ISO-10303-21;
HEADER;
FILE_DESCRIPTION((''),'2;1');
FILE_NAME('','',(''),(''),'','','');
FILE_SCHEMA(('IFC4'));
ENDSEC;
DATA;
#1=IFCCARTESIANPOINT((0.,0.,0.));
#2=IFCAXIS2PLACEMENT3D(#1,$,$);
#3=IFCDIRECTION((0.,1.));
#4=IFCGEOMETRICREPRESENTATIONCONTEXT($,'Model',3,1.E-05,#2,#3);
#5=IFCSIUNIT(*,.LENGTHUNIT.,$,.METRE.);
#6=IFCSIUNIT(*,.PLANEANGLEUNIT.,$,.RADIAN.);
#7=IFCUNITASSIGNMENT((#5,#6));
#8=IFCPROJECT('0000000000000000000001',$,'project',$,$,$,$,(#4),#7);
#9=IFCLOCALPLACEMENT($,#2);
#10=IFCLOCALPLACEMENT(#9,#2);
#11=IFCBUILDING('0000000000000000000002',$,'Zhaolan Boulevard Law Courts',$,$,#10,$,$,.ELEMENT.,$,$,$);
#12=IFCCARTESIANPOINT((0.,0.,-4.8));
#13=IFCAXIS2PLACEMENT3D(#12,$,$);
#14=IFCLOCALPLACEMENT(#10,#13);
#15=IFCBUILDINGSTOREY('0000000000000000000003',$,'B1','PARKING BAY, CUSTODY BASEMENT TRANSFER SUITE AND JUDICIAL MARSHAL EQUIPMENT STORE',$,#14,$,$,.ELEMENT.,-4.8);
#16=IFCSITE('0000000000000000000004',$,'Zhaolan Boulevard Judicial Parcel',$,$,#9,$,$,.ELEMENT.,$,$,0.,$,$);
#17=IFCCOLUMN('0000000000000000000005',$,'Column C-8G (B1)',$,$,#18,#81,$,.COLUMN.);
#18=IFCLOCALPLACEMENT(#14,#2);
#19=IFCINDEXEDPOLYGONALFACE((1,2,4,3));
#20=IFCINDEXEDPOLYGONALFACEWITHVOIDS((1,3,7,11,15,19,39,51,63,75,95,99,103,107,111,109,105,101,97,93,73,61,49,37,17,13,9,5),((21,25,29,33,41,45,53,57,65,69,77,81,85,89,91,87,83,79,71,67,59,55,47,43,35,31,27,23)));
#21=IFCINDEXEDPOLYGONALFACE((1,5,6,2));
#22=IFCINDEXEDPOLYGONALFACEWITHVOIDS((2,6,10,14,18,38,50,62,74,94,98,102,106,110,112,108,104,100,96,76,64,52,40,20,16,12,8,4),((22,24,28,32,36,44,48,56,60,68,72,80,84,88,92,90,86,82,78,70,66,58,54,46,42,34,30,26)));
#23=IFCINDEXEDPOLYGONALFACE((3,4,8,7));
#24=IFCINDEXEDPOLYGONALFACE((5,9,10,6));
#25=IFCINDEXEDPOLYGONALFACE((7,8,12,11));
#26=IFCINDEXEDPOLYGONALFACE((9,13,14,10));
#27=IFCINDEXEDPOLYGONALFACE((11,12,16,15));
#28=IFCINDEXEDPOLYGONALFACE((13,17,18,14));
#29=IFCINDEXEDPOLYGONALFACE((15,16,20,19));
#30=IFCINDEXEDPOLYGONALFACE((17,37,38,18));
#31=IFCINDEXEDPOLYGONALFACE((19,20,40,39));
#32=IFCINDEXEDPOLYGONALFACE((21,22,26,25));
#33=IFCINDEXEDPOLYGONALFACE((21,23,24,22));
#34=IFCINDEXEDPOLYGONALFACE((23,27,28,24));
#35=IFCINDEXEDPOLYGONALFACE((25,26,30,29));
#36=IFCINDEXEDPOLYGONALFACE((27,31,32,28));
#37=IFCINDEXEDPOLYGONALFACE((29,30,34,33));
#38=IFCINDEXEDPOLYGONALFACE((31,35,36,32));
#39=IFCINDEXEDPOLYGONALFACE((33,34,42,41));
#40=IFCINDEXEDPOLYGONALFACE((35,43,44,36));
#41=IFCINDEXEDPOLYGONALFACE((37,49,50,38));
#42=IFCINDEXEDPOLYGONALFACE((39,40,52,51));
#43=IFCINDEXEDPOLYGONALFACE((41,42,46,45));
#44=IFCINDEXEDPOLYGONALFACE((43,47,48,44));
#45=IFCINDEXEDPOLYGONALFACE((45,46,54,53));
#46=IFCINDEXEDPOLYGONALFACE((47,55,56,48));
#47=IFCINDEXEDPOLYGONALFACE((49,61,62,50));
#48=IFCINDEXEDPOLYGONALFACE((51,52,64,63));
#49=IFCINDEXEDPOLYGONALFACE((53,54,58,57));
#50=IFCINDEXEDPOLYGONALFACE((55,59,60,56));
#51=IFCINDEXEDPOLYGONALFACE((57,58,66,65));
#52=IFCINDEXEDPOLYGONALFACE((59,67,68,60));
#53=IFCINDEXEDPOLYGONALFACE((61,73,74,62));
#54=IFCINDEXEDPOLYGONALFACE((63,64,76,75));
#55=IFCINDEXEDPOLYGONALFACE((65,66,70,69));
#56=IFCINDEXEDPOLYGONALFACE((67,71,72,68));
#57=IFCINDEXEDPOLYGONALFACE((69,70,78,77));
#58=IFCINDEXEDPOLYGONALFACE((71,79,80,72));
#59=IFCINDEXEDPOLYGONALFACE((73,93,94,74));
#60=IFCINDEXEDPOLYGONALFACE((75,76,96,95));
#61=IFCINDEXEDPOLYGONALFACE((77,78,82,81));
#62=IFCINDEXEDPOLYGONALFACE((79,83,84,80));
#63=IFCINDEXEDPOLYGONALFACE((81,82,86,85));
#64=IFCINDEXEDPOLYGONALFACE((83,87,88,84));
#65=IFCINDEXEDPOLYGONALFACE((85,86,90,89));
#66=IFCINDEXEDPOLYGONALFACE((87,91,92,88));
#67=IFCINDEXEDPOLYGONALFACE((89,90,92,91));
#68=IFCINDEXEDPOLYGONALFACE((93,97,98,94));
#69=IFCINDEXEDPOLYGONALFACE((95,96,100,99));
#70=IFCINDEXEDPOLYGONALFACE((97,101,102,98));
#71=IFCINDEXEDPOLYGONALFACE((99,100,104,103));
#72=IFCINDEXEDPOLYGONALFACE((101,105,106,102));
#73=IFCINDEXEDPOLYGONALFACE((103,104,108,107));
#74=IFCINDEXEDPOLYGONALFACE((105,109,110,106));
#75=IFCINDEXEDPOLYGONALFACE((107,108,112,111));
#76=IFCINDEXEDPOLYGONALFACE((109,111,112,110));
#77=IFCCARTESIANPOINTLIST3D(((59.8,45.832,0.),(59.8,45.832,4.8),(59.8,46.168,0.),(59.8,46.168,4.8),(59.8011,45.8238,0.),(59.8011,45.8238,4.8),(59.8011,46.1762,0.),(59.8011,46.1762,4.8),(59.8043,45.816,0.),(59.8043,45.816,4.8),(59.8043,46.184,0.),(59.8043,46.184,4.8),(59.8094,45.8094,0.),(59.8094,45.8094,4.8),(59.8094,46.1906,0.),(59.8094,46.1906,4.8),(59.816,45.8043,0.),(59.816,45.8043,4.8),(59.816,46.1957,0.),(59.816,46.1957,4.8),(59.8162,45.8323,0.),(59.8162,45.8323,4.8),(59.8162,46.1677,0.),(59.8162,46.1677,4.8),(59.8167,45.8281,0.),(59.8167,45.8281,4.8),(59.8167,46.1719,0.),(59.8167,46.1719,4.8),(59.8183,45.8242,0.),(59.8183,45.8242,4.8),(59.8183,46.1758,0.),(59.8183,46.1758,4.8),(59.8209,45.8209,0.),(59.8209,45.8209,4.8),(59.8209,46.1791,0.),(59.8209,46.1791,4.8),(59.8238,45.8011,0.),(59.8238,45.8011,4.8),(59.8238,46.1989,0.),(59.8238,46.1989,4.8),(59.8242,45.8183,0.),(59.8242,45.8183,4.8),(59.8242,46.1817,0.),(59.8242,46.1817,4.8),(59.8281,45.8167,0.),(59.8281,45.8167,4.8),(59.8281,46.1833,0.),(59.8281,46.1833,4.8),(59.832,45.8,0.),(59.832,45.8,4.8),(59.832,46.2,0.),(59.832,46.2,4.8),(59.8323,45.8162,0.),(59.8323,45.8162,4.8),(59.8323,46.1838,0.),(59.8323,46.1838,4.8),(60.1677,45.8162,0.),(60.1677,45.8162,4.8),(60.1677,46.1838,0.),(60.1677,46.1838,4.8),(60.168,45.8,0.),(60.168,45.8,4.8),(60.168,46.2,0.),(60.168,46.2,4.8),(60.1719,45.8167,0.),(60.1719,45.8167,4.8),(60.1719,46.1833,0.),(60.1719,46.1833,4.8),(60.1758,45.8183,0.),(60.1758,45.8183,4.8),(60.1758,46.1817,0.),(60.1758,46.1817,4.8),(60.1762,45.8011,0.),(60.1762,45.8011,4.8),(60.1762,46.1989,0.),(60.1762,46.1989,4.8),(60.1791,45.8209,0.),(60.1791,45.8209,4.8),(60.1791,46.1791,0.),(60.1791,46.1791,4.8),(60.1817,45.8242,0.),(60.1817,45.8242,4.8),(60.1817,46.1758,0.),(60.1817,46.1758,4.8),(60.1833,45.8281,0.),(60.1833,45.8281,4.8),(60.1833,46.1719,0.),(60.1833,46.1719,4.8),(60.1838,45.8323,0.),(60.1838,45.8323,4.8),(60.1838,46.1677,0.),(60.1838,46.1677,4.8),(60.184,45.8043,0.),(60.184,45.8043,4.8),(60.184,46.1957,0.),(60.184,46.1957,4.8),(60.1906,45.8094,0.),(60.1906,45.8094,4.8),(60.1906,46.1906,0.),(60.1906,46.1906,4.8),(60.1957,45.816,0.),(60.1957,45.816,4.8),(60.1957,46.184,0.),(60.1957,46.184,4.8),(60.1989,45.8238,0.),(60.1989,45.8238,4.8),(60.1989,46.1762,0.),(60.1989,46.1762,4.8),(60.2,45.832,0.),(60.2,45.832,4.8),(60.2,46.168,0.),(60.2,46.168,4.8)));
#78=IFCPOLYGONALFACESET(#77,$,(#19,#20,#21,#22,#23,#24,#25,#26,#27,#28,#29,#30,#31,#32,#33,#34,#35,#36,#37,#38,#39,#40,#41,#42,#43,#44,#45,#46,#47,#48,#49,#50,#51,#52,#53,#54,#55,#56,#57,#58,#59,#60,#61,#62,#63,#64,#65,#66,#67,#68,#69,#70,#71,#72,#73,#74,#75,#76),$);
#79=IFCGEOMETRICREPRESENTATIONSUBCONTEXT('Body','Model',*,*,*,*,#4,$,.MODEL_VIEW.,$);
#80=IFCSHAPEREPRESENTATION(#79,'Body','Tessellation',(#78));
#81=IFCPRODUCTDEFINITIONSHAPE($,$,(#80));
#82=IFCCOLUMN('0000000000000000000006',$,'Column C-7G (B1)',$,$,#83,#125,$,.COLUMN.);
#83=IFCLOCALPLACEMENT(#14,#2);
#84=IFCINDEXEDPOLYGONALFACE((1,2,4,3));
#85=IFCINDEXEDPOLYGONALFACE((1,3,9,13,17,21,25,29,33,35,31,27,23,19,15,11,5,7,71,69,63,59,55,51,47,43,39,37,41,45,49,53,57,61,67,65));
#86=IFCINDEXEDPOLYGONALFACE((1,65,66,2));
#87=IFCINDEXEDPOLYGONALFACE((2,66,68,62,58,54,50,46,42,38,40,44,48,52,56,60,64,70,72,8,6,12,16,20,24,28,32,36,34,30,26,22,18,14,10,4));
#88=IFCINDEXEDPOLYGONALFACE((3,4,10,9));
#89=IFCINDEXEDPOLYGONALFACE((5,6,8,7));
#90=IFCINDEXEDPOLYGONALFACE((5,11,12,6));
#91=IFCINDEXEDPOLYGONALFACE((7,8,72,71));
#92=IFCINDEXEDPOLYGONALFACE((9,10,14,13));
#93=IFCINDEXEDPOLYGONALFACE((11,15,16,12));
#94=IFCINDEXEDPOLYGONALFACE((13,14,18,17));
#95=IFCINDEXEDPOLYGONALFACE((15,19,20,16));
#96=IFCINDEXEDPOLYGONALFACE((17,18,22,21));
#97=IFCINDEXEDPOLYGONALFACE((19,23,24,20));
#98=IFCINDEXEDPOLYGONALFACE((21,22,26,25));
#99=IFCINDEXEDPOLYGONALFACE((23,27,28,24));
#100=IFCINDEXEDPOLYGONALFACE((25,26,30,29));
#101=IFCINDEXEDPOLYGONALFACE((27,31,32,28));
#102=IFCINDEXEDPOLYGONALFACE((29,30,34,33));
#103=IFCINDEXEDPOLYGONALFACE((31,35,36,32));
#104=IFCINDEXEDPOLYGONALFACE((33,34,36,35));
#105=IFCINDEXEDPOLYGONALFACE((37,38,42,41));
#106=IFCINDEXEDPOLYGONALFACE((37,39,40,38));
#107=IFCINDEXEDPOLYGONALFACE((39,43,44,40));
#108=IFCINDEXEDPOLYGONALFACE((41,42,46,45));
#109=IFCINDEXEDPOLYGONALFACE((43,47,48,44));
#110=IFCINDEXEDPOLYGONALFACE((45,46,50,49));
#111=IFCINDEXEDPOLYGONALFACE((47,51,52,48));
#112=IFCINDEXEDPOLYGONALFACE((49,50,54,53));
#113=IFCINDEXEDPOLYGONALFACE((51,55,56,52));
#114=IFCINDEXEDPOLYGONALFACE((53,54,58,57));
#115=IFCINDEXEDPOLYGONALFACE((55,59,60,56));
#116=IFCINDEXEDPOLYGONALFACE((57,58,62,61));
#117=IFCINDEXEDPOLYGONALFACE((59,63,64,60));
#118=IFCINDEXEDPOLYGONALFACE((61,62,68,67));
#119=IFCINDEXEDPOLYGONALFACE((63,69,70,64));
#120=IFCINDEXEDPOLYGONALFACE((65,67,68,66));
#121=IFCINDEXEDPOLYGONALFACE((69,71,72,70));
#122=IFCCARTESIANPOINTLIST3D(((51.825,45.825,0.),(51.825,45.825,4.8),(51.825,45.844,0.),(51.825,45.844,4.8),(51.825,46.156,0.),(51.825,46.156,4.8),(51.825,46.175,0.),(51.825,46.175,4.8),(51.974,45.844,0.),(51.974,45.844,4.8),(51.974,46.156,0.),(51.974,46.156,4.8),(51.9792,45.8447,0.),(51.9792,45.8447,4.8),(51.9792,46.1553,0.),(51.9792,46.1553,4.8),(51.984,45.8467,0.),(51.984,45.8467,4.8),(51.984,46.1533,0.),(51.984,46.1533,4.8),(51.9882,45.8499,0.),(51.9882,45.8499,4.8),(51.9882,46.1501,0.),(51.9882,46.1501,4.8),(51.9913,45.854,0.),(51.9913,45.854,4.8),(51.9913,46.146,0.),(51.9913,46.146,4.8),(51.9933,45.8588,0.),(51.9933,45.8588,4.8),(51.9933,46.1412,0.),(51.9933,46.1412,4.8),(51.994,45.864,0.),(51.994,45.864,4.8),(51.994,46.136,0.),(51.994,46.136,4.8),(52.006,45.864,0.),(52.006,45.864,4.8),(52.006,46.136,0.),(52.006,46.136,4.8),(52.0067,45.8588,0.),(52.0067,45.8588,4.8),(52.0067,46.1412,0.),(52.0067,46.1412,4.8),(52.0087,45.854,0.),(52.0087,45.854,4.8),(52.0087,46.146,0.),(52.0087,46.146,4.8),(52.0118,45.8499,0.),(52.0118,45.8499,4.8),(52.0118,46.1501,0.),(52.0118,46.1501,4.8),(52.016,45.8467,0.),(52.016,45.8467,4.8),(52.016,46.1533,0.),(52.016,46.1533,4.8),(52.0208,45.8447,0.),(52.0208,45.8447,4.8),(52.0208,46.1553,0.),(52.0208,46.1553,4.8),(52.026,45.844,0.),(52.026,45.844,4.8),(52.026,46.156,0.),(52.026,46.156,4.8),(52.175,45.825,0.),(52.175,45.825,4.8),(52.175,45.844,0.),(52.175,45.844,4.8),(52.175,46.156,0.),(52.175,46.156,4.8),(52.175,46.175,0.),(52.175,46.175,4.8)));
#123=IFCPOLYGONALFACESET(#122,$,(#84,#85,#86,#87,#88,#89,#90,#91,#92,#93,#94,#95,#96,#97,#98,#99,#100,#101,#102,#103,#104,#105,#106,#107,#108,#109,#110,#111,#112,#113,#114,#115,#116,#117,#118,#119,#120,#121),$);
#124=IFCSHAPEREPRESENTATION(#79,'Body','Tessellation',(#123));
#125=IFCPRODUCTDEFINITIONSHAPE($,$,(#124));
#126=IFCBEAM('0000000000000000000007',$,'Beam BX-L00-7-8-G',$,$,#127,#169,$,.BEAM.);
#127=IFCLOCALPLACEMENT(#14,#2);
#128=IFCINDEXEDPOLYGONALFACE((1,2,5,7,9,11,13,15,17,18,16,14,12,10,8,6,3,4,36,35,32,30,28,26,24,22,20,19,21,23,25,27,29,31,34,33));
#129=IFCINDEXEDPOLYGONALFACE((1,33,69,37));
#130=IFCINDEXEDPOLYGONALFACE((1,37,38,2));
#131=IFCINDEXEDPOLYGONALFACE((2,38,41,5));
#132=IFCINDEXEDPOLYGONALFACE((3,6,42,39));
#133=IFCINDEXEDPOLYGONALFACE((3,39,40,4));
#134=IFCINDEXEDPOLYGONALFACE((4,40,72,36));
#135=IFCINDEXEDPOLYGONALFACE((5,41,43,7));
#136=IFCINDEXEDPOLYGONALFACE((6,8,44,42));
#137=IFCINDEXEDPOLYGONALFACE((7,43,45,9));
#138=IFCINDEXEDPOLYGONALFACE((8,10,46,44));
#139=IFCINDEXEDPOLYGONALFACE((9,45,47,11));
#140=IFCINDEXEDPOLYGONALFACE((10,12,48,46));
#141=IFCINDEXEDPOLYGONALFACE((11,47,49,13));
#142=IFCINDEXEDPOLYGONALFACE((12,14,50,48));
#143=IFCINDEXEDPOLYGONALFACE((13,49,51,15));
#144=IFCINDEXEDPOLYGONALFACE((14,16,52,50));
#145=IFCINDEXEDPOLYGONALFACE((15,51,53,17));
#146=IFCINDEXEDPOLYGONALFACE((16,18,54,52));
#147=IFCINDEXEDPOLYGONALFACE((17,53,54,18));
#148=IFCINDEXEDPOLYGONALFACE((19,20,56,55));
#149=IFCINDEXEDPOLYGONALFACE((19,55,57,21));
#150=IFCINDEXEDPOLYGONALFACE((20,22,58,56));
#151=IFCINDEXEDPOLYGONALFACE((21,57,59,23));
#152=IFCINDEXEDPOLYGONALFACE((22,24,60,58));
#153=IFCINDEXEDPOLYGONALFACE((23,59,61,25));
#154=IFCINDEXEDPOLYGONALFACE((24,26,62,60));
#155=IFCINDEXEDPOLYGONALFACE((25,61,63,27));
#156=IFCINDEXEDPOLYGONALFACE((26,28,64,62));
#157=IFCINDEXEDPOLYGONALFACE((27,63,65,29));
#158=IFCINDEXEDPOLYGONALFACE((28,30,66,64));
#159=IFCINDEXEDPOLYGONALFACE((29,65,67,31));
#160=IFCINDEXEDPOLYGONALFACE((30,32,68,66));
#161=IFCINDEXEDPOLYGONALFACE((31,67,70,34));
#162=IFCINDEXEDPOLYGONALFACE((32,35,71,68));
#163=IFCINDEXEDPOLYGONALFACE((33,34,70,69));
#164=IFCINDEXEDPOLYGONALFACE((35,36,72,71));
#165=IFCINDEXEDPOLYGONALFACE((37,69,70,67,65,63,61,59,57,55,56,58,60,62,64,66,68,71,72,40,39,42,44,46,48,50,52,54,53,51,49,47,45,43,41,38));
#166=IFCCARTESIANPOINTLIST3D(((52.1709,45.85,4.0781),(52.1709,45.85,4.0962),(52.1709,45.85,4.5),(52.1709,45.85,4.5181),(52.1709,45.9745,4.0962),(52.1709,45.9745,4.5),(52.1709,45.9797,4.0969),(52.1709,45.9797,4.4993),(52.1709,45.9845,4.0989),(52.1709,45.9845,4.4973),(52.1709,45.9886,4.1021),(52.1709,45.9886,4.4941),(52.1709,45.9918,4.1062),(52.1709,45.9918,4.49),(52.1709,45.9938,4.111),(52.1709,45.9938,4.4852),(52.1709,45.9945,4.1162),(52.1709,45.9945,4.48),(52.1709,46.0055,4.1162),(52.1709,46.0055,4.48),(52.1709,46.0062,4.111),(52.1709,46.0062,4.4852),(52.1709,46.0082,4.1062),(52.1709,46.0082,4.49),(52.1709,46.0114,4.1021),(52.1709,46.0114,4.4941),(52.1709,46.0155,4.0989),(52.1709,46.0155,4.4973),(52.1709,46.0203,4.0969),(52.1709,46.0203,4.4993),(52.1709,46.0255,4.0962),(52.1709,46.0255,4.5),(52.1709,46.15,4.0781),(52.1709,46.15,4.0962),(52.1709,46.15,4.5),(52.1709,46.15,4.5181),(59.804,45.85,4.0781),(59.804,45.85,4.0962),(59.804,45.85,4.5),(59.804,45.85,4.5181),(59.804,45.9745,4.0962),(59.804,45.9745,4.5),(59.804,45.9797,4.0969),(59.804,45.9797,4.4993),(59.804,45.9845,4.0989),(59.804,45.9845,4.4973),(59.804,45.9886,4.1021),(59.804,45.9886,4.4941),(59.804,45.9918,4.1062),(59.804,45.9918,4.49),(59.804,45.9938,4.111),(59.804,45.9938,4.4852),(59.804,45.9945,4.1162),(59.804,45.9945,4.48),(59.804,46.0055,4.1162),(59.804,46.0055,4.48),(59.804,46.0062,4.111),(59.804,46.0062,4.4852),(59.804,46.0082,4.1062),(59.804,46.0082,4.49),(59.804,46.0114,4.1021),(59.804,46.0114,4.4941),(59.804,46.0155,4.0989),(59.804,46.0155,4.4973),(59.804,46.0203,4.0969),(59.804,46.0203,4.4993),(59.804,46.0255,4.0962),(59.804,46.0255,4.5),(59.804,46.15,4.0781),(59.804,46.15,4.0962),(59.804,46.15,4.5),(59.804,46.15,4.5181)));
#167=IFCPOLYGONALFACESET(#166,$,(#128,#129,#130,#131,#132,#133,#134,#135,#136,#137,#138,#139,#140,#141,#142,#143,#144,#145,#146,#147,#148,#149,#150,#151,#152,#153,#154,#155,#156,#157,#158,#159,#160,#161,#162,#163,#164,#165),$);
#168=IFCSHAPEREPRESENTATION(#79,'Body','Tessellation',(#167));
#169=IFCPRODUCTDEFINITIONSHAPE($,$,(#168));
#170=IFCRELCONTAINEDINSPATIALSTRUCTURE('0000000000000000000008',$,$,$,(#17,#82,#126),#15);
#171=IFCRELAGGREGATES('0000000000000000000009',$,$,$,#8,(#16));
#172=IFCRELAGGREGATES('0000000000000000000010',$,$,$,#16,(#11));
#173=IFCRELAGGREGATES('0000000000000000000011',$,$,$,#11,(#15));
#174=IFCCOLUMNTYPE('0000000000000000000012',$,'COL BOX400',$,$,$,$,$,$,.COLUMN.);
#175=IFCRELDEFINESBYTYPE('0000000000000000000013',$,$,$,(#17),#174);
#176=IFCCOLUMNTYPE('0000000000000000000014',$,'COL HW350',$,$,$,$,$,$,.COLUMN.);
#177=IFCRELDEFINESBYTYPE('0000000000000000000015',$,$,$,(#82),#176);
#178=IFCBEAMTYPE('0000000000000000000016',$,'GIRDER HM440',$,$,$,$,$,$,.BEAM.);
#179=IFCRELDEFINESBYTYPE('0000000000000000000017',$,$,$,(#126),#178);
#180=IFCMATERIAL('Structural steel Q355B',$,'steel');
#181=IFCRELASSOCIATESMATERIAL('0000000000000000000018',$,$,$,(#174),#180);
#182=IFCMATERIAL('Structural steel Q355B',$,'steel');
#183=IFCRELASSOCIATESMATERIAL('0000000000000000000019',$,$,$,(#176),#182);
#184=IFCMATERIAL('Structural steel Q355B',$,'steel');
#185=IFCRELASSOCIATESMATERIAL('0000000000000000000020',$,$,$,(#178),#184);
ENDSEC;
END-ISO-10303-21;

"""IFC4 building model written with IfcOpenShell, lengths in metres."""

from ifc_helpers import new_model, si_unit, direction, frame, origin, origin_2d, place, context, subcontext, project, spatial, hollow_rectangle, i_section, extrude, material, material_profile, profile_set, type_object, element, save


model = new_model("IFC4")

# Units and contexts
model_context = context("Model", 3, precision=1e-05, world=origin(), true_north=direction((0.0, 1.0)))
body_context = subcontext(model_context, "Body", "Model", "MODEL_VIEW")
ifc_project = project(units=[si_unit("LENGTHUNIT", "METRE"), si_unit("PLANEANGLEUNIT", "RADIAN")], contexts=[model_context])

# Site, building, storey
site_placement = place(None, origin())
site = spatial("IfcSite", under=ifc_project, at=site_placement, Name="Zhaolan Boulevard Judicial Parcel", CompositionType="ELEMENT", RefElevation=0.0)
building_placement = place(site_placement, origin())
building = spatial("IfcBuilding", under=site, at=building_placement, Name="Zhaolan Boulevard Law Courts", CompositionType="ELEMENT")
storey_placement = place(building_placement, frame((0.0, 0.0, -4.8)))
storey = spatial("IfcBuildingStorey", under=building, at=storey_placement, Name="B1", Description="PARKING BAY, CUSTODY BASEMENT TRANSFER SUITE AND JUDICIAL MARSHAL EQUIPMENT STORE", CompositionType="ELEMENT", Elevation=-4.8)

# Columns
ifc_material_1 = material(Name="Structural steel Q355B", Category="steel")
ifc_material_profile_1 = material_profile(ifc_material_1, hollow_rectangle(XDim=0.3999, YDim=0.3999, WallThickness=0.0161, InnerFilletRadius=0.0161, OuterFilletRadius=0.032, at=origin_2d()), Name="BOX400x400x16")
ifc_profile_set_1 = profile_set([ifc_material_profile_1], Name="Structural steel Q355B")
column_type_1 = type_object("IfcColumnType", Name="COL BOX400", PredefinedType="COLUMN", material=ifc_profile_set_1)
column_1_placement = place(storey_placement, frame((60.0, 46.0, 0.0), z_axis=(0.0, 0.0, 1.0), x_axis=(1.0, 0.0, 0.0)))
element("IfcColumn", 1, at=column_1_placement, inside=storey, type_object=column_type_1, Name="Column C-8G (B1)", PredefinedType="COLUMN", context=body_context, shape_type="SweptSolid", body=[
    extrude(hollow_rectangle(XDim=0.3999, YDim=0.3999, WallThickness=0.0161, InnerFilletRadius=0.0161, OuterFilletRadius=0.032, at=origin_2d()), origin(), (0.0, 0.0, 1.0), 4.8),
])
ifc_material_2 = material(Name="Structural steel Q355B", Category="steel")
ifc_material_profile_2 = material_profile(ifc_material_2, i_section(OverallWidth=0.3501, OverallDepth=0.3501, WebThickness=0.012, FlangeThickness=0.019, FilletRadius=0.02, at=origin_2d()), Name="HW350x350")
ifc_profile_set_2 = profile_set([ifc_material_profile_2], Name="Structural steel Q355B")
column_type_2 = type_object("IfcColumnType", Name="COL HW350", PredefinedType="COLUMN", material=ifc_profile_set_2)
column_2_placement = place(storey_placement, frame((52.0, 46.0, 0.0), z_axis=(0.0, 0.0, 1.0), x_axis=(1.0, 0.0, 0.0)))
element("IfcColumn", 2, at=column_2_placement, inside=storey, type_object=column_type_2, Name="Column C-7G (B1)", PredefinedType="COLUMN", context=body_context, shape_type="SweptSolid", body=[
    extrude(i_section(OverallWidth=0.3501, OverallDepth=0.3501, WebThickness=0.012, FlangeThickness=0.019, FilletRadius=0.02, at=origin_2d()), origin(), (0.0, 0.0, 1.0), 4.8),
])

# Beam
ifc_material_3 = material(Name="Structural steel Q355B", Category="steel")
ifc_material_profile_3 = material_profile(ifc_material_3, i_section(OverallWidth=0.3, OverallDepth=0.4399, WebThickness=0.011, FlangeThickness=0.0181, FilletRadius=0.02, at=origin_2d()), Name="HM440x300")
ifc_profile_set_3 = profile_set([ifc_material_profile_3], Name="Structural steel Q355B")
beam_type_1 = type_object("IfcBeamType", Name="GIRDER HM440", PredefinedType="BEAM", material=ifc_profile_set_3)
beam_1_placement = place(storey_placement, frame((52.1709, 46.0, 4.2981), z_axis=(1.0, 0.0, 0.0), x_axis=(0.0, 1.0, 0.0)))
element("IfcBeam", 3, at=beam_1_placement, inside=storey, type_object=beam_type_1, Name="Beam BX-L00-7-8-G", PredefinedType="BEAM", context=body_context, shape_type="SweptSolid", body=[
    extrude(i_section(OverallWidth=0.3, OverallDepth=0.4399, WebThickness=0.011, FlangeThickness=0.0181, FilletRadius=0.02, at=origin_2d()), origin(), (0.0, 0.0, 1.0), 7.6331),
])

save(model, "model.ifc")
